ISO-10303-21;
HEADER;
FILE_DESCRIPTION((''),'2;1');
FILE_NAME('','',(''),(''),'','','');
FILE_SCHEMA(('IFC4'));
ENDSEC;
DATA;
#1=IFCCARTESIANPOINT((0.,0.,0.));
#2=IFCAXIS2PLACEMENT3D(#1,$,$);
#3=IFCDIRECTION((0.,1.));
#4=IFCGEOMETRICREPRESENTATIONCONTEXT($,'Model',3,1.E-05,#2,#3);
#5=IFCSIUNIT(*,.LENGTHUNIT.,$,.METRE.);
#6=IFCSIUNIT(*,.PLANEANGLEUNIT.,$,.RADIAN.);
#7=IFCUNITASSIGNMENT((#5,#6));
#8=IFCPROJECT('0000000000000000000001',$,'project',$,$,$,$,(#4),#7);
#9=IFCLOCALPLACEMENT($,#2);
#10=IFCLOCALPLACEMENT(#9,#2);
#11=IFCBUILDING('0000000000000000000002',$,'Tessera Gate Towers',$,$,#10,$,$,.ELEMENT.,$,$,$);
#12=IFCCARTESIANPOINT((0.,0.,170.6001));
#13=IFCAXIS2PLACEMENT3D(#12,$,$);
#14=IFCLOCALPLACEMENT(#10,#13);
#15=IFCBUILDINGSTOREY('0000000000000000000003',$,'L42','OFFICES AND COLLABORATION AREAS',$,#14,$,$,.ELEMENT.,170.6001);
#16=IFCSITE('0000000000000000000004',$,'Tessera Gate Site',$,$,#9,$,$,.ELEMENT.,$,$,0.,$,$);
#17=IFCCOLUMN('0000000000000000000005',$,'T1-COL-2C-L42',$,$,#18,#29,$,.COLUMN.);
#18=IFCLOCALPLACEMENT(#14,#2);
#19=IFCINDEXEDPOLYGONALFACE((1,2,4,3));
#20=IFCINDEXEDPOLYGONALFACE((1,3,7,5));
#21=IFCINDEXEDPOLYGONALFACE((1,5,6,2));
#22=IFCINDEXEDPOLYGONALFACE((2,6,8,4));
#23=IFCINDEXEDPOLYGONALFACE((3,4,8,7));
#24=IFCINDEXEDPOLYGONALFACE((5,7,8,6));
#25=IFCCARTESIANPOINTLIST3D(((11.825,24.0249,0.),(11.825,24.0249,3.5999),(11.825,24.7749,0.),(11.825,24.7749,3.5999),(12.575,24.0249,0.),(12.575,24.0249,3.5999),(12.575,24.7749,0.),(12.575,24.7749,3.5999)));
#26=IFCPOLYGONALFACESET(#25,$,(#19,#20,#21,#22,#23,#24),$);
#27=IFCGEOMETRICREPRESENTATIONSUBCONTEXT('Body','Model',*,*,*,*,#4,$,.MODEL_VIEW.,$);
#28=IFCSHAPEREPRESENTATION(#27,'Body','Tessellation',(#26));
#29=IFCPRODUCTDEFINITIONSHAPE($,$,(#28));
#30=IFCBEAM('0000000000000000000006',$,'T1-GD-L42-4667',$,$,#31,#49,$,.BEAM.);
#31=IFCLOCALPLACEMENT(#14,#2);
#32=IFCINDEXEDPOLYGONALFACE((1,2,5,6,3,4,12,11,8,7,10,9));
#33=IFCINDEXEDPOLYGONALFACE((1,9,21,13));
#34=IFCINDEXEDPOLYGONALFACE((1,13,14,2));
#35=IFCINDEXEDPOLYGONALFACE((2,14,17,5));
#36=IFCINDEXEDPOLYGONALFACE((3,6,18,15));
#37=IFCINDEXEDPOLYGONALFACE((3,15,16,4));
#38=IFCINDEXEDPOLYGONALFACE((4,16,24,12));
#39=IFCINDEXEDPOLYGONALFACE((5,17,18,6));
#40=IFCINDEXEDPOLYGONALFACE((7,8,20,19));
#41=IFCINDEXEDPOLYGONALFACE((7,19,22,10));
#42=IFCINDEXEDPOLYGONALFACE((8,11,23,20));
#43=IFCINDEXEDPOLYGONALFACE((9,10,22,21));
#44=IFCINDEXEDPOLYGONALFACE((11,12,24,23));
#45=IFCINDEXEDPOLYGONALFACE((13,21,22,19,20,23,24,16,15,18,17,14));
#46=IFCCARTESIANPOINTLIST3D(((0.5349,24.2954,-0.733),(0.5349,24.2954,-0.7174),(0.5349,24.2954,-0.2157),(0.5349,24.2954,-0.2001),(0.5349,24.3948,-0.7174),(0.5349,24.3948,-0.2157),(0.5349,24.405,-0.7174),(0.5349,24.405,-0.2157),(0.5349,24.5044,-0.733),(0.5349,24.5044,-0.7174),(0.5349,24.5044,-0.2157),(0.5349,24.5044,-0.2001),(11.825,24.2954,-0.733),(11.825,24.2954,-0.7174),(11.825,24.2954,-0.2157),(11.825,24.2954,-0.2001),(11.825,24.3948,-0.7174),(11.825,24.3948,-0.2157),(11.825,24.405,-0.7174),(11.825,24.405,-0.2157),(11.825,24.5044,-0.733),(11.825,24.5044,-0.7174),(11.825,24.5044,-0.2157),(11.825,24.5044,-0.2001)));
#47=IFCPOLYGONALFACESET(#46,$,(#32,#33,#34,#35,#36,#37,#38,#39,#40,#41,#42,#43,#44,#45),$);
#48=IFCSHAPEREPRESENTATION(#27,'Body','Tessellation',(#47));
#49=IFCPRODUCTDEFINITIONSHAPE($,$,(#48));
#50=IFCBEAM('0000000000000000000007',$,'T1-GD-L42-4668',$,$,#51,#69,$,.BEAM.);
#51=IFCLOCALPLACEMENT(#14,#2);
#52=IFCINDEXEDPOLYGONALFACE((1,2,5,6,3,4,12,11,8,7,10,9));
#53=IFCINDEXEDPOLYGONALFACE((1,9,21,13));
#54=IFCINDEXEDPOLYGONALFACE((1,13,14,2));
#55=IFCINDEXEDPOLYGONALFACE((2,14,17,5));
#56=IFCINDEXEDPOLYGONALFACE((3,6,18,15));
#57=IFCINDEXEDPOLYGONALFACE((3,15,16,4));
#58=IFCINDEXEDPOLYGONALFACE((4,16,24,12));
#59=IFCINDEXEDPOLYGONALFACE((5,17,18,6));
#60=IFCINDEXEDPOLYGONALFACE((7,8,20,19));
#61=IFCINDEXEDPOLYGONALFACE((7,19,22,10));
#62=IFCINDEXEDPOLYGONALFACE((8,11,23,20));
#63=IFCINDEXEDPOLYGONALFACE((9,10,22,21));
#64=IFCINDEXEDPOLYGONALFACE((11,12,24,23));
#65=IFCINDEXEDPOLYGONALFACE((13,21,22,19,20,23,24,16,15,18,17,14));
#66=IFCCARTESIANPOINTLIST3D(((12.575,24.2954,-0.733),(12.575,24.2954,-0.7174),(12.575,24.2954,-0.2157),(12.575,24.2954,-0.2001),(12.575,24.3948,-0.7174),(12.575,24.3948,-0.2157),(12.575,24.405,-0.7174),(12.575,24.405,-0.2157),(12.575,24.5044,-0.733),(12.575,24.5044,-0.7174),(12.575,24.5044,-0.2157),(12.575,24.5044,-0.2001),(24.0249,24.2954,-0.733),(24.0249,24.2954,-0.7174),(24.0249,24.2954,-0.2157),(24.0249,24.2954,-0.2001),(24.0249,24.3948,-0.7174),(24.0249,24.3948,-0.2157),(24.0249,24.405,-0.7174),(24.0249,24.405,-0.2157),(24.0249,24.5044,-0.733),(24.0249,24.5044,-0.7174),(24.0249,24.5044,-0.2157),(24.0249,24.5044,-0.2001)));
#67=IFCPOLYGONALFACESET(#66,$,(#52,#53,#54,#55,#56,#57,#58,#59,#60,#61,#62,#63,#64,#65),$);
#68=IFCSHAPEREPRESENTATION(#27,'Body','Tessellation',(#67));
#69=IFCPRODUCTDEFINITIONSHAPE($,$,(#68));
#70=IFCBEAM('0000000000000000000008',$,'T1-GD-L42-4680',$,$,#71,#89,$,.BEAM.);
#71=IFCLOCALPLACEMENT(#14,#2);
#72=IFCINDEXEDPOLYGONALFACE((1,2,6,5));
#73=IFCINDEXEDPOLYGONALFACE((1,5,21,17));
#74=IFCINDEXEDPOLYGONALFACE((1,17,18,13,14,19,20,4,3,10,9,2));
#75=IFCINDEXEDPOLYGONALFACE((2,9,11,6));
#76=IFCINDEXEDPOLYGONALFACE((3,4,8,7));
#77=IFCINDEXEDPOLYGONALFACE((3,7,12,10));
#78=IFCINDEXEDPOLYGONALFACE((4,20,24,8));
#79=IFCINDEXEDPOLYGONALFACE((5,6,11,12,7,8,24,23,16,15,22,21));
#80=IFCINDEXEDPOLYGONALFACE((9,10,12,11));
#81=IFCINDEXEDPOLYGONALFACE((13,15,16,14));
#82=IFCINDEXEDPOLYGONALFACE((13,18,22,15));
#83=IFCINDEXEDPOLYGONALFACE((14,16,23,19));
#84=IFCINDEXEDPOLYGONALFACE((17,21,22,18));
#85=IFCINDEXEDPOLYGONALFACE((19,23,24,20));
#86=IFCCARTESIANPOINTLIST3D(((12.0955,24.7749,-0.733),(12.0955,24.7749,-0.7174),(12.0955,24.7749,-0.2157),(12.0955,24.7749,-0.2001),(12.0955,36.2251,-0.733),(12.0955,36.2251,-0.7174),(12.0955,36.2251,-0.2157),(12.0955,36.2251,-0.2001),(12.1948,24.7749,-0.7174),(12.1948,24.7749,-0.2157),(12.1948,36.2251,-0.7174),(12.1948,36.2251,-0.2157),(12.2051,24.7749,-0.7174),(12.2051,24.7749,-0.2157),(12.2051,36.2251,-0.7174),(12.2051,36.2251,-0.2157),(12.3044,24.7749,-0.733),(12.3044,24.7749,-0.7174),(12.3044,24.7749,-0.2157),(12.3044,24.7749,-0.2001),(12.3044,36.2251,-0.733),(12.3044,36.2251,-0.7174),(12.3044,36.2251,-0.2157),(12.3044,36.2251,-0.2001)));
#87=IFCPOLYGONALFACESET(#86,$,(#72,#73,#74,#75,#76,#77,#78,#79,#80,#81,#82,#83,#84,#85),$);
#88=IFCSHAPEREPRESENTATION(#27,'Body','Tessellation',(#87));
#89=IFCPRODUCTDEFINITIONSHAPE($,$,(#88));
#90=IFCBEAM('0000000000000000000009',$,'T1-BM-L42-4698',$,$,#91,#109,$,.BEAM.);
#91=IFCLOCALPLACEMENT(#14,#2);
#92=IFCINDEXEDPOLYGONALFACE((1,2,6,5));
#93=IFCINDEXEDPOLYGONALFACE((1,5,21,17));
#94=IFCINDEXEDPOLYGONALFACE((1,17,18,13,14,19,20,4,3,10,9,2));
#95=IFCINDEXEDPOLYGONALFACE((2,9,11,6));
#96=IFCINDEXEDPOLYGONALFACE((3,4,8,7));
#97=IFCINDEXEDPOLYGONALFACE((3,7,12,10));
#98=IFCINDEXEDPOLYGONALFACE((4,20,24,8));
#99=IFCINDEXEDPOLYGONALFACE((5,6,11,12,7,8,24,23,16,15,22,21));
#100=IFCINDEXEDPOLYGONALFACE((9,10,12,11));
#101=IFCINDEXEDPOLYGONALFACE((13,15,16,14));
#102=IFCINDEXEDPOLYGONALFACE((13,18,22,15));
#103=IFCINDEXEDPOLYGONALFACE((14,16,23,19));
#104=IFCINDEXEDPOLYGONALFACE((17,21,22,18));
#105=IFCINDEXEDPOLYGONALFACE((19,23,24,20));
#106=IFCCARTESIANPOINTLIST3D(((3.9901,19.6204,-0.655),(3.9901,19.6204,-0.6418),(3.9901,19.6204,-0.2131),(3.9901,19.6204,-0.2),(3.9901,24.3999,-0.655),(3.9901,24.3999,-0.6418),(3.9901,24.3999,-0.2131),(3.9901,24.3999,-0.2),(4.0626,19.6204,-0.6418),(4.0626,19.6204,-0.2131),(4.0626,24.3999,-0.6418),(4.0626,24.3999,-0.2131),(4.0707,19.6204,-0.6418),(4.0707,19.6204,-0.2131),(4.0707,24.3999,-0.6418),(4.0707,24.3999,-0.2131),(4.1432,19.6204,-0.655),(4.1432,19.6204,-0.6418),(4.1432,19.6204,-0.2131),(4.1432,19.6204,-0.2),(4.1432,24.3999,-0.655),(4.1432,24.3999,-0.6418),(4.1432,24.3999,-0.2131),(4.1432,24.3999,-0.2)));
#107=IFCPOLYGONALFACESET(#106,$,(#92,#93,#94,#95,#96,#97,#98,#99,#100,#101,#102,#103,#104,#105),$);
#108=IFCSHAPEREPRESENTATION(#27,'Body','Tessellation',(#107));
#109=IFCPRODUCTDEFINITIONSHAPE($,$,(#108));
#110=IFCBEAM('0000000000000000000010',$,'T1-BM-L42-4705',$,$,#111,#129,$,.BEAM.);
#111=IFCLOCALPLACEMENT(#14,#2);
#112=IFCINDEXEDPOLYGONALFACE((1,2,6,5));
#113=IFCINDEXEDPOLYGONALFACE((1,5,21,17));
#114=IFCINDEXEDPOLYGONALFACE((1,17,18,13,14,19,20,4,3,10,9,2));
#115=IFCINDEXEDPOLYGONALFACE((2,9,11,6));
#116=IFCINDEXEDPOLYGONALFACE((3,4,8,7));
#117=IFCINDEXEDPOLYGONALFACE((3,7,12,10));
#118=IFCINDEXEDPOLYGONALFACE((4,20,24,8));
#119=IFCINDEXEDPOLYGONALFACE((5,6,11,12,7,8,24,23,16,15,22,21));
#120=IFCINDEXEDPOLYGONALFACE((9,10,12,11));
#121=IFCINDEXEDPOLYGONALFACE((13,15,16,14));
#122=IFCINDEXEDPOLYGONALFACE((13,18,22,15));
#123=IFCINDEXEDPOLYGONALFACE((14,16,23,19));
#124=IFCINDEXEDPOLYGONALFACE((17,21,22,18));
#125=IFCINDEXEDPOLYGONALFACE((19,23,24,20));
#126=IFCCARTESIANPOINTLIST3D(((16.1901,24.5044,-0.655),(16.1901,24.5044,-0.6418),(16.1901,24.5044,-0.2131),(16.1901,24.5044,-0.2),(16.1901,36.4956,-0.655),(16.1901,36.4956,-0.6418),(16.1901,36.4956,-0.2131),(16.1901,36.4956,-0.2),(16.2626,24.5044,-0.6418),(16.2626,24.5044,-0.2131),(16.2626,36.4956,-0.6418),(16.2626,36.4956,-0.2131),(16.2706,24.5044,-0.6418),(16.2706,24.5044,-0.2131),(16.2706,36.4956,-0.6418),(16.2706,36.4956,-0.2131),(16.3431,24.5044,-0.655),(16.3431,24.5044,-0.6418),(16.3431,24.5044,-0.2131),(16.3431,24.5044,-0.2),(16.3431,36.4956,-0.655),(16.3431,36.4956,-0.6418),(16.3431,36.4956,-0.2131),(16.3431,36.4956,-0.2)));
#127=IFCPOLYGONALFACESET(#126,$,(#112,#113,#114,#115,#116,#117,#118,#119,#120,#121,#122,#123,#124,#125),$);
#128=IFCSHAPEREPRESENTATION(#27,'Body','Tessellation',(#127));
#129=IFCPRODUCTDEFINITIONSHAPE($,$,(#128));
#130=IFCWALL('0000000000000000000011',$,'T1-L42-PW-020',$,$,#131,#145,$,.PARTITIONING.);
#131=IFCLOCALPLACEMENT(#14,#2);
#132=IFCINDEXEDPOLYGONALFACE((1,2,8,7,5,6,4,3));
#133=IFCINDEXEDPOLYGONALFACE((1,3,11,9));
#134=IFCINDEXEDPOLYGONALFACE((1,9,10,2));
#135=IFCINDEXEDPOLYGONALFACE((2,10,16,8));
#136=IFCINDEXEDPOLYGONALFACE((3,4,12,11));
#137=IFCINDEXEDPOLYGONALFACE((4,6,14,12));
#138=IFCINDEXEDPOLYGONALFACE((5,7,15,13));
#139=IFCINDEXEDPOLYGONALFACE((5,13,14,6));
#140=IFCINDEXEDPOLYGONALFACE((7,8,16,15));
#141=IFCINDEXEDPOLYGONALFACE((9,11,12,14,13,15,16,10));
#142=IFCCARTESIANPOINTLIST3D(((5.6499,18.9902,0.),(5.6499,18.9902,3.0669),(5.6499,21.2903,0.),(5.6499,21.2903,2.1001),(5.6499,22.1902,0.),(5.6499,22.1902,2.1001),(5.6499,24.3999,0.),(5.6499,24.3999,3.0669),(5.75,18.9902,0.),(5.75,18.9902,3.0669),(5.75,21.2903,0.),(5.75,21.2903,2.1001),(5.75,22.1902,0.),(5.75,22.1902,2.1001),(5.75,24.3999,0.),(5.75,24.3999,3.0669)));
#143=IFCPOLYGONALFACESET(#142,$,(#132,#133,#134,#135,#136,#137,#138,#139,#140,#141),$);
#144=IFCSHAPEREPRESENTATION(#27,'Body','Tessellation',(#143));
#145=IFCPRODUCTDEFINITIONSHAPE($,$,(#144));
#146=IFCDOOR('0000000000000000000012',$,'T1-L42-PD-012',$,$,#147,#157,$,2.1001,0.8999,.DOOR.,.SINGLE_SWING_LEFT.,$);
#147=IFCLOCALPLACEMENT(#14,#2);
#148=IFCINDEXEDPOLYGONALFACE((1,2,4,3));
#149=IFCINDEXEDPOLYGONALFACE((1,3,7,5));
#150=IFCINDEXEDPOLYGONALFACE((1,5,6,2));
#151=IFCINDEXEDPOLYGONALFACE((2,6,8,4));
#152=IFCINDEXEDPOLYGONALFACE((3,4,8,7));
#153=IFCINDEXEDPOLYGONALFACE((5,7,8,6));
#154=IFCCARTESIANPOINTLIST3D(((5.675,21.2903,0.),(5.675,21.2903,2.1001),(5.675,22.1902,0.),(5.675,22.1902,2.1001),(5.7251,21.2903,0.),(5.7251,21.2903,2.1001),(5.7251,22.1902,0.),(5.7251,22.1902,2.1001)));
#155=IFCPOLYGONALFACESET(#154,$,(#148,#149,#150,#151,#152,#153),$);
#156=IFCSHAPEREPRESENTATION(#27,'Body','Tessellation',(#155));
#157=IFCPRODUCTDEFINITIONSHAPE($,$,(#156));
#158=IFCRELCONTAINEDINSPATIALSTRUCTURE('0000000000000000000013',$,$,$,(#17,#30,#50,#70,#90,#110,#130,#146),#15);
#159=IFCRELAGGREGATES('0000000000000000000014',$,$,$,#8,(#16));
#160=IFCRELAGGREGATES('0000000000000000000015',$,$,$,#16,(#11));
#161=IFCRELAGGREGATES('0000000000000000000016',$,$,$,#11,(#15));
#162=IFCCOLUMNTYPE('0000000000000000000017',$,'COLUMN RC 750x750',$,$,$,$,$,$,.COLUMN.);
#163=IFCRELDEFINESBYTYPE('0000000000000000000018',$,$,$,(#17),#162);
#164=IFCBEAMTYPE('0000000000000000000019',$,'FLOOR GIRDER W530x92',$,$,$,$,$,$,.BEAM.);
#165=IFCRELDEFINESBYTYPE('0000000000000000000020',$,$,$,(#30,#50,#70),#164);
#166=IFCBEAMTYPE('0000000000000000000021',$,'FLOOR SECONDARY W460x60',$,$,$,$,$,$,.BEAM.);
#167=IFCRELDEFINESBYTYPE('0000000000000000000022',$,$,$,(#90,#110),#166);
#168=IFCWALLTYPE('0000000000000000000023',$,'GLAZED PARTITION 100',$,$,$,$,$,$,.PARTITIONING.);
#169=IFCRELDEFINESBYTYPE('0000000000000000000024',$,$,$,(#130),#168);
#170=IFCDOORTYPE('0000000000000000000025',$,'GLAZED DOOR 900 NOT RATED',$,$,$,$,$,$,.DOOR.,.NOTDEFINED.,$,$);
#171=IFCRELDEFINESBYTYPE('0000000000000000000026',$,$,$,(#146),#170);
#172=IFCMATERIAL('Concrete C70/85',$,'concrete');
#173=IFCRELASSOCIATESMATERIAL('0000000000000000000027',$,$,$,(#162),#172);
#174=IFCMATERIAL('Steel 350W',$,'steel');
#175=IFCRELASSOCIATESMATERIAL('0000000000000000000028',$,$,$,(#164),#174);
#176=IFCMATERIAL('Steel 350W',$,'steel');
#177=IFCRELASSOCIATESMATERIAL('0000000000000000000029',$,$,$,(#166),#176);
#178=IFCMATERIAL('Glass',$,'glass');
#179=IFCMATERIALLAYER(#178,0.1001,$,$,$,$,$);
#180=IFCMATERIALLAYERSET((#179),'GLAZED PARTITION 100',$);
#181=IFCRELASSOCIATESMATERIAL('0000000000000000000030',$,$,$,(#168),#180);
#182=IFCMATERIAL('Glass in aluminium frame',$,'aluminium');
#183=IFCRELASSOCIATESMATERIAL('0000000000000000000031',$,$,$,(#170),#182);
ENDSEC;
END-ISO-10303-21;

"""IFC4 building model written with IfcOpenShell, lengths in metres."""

from ifc_helpers import new_model, si_unit, direction, frame, frame_2d, origin, origin_2d, place, context, subcontext, project, spatial, rectangle, i_section, extrude, source, transform, mapped, material, layer, layer_set, material_profile, profile_set, type_object, element, fill, save


model = new_model("IFC4")

# Units and contexts
model_context = context("Model", 3, precision=1e-05, world=origin(), true_north=direction((0.0, 1.0)))
body_context = subcontext(model_context, "Body", "Model", "MODEL_VIEW")
ifc_project = project(units=[si_unit("LENGTHUNIT", "METRE"), si_unit("PLANEANGLEUNIT", "RADIAN")], contexts=[model_context])

# Site, building, storey
site_placement = place(None, origin())
site = spatial("IfcSite", under=ifc_project, at=site_placement, Name="Tessera Gate Site", CompositionType="ELEMENT", RefElevation=0.0)
building_placement = place(site_placement, origin())
building = spatial("IfcBuilding", under=site, at=building_placement, Name="Tessera Gate Towers", CompositionType="ELEMENT")
storey_placement = place(building_placement, frame((0.0, 0.0, 170.6001)))
storey = spatial("IfcBuildingStorey", under=building, at=storey_placement, Name="L42", Description="OFFICES AND COLLABORATION AREAS", CompositionType="ELEMENT", Elevation=170.6001)

# Column
ifc_material_1 = material(Name="Concrete C70/85", Category="concrete")
ifc_material_profile_1 = material_profile(ifc_material_1, rectangle(XDim=0.75, YDim=0.75, at=origin_2d()), Name="RC 750x750")
ifc_profile_set_1 = profile_set([ifc_material_profile_1], Name="Concrete C70/85")
column_type = type_object("IfcColumnType", Name="COLUMN RC 750x750", PredefinedType="COLUMN", material=ifc_profile_set_1)
column_placement = place(storey_placement, frame((12.2, 24.3999, 0.0), z_axis=(0.0, 0.0, 1.0), x_axis=(1.0, 0.0, 0.0)))
element("IfcColumn", 1, at=column_placement, inside=storey, type_object=column_type, Name="T1-COL-2C-L42", PredefinedType="COLUMN", context=body_context, shape_type="SweptSolid", body=[
    extrude(rectangle(XDim=0.75, YDim=0.75, at=origin_2d()), origin(), (0.0, 0.0, 1.0), 3.5999),
])

# Beams
ifc_material_2 = material(Name="Steel 350W", Category="steel")
ifc_material_profile_2 = material_profile(ifc_material_2, i_section(OverallWidth=0.209, OverallDepth=0.533, WebThickness=0.0103, FlangeThickness=0.0156, at=origin_2d()), Name="W530x92")
ifc_profile_set_2 = profile_set([ifc_material_profile_2], Name="Steel 350W")
beam_type_1 = type_object("IfcBeamType", Name="FLOOR GIRDER W530x92", PredefinedType="BEAM", material=ifc_profile_set_2)
beam_1_placement = place(storey_placement, frame((0.5349, 24.3999, -0.4666), z_axis=(1.0, 0.0, 0.0), x_axis=(0.0, 1.0, 0.0)))
element("IfcBeam", 2, at=beam_1_placement, inside=storey, type_object=beam_type_1, Name="T1-GD-L42-4667", PredefinedType="BEAM", context=body_context, shape_type="SweptSolid", body=[
    extrude(i_section(OverallWidth=0.209, OverallDepth=0.533, WebThickness=0.0103, FlangeThickness=0.0156, at=origin_2d()), origin(), (0.0, 0.0, 1.0), 11.29),
])
beam_2_placement = place(storey_placement, frame((12.575, 24.3999, -0.4666), z_axis=(1.0, 0.0, 0.0), x_axis=(0.0, 1.0, 0.0)))
element("IfcBeam", 3, at=beam_2_placement, inside=storey, type_object=beam_type_1, Name="T1-GD-L42-4668", PredefinedType="BEAM", context=body_context, shape_type="SweptSolid", body=[
    extrude(i_section(OverallWidth=0.209, OverallDepth=0.533, WebThickness=0.0103, FlangeThickness=0.0156, at=origin_2d()), origin(), (0.0, 0.0, 1.0), 11.45),
])
beam_3_placement = place(storey_placement, frame((12.2, 24.7749, -0.4666), z_axis=(0.0, 1.0, 0.0), x_axis=(-1.0, 0.0, 0.0)))
element("IfcBeam", 4, at=beam_3_placement, inside=storey, type_object=beam_type_1, Name="T1-GD-L42-4680", PredefinedType="BEAM", context=body_context, shape_type="SweptSolid", body=[
    extrude(i_section(OverallWidth=0.209, OverallDepth=0.533, WebThickness=0.0103, FlangeThickness=0.0156, at=origin_2d()), origin(), (0.0, 0.0, 1.0), 11.4502),
])
ifc_material_3 = material(Name="Steel 350W", Category="steel")
ifc_material_profile_3 = material_profile(ifc_material_3, i_section(OverallWidth=0.1531, OverallDepth=0.4551, WebThickness=0.0081, FlangeThickness=0.0132, at=origin_2d()), Name="W460x60")
ifc_profile_set_3 = profile_set([ifc_material_profile_3], Name="Steel 350W")
beam_type_2 = type_object("IfcBeamType", Name="FLOOR SECONDARY W460x60", PredefinedType="BEAM", material=ifc_profile_set_3)
beam_4_placement = place(storey_placement, frame((4.0667, 19.6204, -0.4275), z_axis=(0.0, 1.0, 0.0), x_axis=(-1.0, 0.0, 0.0)))
element("IfcBeam", 5, at=beam_4_placement, inside=storey, type_object=beam_type_2, Name="T1-BM-L42-4698", PredefinedType="BEAM", context=body_context, shape_type="SweptSolid", body=[
    extrude(i_section(OverallWidth=0.1531, OverallDepth=0.4551, WebThickness=0.0081, FlangeThickness=0.0132, at=origin_2d()), origin(), (0.0, 0.0, 1.0), 4.7795),
])
beam_5_placement = place(storey_placement, frame((16.2666, 24.5044, -0.4275), z_axis=(0.0, 1.0, 0.0), x_axis=(-1.0, 0.0, 0.0)))
element("IfcBeam", 6, at=beam_5_placement, inside=storey, type_object=beam_type_2, Name="T1-BM-L42-4705", PredefinedType="BEAM", context=body_context, shape_type="SweptSolid", body=[
    extrude(i_section(OverallWidth=0.1531, OverallDepth=0.4551, WebThickness=0.0081, FlangeThickness=0.0132, at=origin_2d()), origin(), (0.0, 0.0, 1.0), 11.9912),
])

# Wall, opening, door
ifc_material_4 = material(Name="Glass", Category="glass")
ifc_layer_1 = layer(ifc_material_4, 0.1001)
ifc_layer_set_1 = layer_set([ifc_layer_1], Name="GLAZED PARTITION 100")
wall_type_1 = type_object("IfcWallType", Name="GLAZED PARTITION 100", PredefinedType="PARTITIONING", material=ifc_layer_set_1)
wall_1_placement = place(storey_placement, frame((5.7, 18.9902, 0.0), z_axis=(0.0, 0.0, 1.0), x_axis=(0.0, 1.0, 0.0)))
wall_1 = element("IfcWall", 7, at=wall_1_placement, inside=storey, type_object=wall_type_1, Name="T1-L42-PW-020", PredefinedType="PARTITIONING", context=body_context, shape_type="SweptSolid", body=[
    extrude(rectangle(XDim=5.4097, YDim=0.1001, at=frame_2d((2.7048, 0.0))), origin(), (0.0, 0.0, 1.0), 3.0669),
])
shared_shape_1 = source(origin(), body_context, "Body", "SweptSolid", [
    extrude(rectangle(XDim=0.8999, YDim=2.1001, at=frame_2d((0.45, 1.05))), frame((0.0, 0.0601, 0.0), z_axis=(0.0, -1.0, 0.0), x_axis=(1.0, 0.0, 0.0)), (0.0, 0.0, 1.0), 0.1201),
])
opening_1_placement = place(wall_1_placement, frame((2.3, 0.0, 0.0)))
opening_1 = element("IfcOpeningElement", 8, at=opening_1_placement, cuts=wall_1, PredefinedType="OPENING", context=body_context, shape_type="MappedRepresentation", body=[
    mapped(shared_shape_1, transform((0.0, 0.0, 0.0), scale=1.0)),
])
ifc_material_5 = material(Name="Glass in aluminium frame", Category="aluminium")
door_type_1 = type_object("IfcDoorType", Name="GLAZED DOOR 900 NOT RATED", OperationType="NOTDEFINED", PredefinedType="DOOR", material=ifc_material_5)
shared_shape_2 = source(origin(), body_context, "Body", "SweptSolid", [
    extrude(rectangle(XDim=0.8999, YDim=2.1001, at=frame_2d((0.45, 1.05))), frame((0.0, 0.0249, 0.0), z_axis=(0.0, -1.0, 0.0), x_axis=(1.0, 0.0, 0.0)), (0.0, 0.0, 1.0), 0.05),
])
door_1_placement = place(opening_1_placement, origin())
door_1 = element("IfcDoor", 9, at=door_1_placement, inside=storey, type_object=door_type_1, Name="T1-L42-PD-012", OperationType="SINGLE_SWING_LEFT", OverallHeight=2.1001, OverallWidth=0.8999, PredefinedType="DOOR", context=body_context, shape_type="MappedRepresentation", body=[
    mapped(shared_shape_2, transform((0.0, 0.0, 0.0), scale=1.0)),
])
fill(opening_1, door_1)

save(model, "model.ifc")
